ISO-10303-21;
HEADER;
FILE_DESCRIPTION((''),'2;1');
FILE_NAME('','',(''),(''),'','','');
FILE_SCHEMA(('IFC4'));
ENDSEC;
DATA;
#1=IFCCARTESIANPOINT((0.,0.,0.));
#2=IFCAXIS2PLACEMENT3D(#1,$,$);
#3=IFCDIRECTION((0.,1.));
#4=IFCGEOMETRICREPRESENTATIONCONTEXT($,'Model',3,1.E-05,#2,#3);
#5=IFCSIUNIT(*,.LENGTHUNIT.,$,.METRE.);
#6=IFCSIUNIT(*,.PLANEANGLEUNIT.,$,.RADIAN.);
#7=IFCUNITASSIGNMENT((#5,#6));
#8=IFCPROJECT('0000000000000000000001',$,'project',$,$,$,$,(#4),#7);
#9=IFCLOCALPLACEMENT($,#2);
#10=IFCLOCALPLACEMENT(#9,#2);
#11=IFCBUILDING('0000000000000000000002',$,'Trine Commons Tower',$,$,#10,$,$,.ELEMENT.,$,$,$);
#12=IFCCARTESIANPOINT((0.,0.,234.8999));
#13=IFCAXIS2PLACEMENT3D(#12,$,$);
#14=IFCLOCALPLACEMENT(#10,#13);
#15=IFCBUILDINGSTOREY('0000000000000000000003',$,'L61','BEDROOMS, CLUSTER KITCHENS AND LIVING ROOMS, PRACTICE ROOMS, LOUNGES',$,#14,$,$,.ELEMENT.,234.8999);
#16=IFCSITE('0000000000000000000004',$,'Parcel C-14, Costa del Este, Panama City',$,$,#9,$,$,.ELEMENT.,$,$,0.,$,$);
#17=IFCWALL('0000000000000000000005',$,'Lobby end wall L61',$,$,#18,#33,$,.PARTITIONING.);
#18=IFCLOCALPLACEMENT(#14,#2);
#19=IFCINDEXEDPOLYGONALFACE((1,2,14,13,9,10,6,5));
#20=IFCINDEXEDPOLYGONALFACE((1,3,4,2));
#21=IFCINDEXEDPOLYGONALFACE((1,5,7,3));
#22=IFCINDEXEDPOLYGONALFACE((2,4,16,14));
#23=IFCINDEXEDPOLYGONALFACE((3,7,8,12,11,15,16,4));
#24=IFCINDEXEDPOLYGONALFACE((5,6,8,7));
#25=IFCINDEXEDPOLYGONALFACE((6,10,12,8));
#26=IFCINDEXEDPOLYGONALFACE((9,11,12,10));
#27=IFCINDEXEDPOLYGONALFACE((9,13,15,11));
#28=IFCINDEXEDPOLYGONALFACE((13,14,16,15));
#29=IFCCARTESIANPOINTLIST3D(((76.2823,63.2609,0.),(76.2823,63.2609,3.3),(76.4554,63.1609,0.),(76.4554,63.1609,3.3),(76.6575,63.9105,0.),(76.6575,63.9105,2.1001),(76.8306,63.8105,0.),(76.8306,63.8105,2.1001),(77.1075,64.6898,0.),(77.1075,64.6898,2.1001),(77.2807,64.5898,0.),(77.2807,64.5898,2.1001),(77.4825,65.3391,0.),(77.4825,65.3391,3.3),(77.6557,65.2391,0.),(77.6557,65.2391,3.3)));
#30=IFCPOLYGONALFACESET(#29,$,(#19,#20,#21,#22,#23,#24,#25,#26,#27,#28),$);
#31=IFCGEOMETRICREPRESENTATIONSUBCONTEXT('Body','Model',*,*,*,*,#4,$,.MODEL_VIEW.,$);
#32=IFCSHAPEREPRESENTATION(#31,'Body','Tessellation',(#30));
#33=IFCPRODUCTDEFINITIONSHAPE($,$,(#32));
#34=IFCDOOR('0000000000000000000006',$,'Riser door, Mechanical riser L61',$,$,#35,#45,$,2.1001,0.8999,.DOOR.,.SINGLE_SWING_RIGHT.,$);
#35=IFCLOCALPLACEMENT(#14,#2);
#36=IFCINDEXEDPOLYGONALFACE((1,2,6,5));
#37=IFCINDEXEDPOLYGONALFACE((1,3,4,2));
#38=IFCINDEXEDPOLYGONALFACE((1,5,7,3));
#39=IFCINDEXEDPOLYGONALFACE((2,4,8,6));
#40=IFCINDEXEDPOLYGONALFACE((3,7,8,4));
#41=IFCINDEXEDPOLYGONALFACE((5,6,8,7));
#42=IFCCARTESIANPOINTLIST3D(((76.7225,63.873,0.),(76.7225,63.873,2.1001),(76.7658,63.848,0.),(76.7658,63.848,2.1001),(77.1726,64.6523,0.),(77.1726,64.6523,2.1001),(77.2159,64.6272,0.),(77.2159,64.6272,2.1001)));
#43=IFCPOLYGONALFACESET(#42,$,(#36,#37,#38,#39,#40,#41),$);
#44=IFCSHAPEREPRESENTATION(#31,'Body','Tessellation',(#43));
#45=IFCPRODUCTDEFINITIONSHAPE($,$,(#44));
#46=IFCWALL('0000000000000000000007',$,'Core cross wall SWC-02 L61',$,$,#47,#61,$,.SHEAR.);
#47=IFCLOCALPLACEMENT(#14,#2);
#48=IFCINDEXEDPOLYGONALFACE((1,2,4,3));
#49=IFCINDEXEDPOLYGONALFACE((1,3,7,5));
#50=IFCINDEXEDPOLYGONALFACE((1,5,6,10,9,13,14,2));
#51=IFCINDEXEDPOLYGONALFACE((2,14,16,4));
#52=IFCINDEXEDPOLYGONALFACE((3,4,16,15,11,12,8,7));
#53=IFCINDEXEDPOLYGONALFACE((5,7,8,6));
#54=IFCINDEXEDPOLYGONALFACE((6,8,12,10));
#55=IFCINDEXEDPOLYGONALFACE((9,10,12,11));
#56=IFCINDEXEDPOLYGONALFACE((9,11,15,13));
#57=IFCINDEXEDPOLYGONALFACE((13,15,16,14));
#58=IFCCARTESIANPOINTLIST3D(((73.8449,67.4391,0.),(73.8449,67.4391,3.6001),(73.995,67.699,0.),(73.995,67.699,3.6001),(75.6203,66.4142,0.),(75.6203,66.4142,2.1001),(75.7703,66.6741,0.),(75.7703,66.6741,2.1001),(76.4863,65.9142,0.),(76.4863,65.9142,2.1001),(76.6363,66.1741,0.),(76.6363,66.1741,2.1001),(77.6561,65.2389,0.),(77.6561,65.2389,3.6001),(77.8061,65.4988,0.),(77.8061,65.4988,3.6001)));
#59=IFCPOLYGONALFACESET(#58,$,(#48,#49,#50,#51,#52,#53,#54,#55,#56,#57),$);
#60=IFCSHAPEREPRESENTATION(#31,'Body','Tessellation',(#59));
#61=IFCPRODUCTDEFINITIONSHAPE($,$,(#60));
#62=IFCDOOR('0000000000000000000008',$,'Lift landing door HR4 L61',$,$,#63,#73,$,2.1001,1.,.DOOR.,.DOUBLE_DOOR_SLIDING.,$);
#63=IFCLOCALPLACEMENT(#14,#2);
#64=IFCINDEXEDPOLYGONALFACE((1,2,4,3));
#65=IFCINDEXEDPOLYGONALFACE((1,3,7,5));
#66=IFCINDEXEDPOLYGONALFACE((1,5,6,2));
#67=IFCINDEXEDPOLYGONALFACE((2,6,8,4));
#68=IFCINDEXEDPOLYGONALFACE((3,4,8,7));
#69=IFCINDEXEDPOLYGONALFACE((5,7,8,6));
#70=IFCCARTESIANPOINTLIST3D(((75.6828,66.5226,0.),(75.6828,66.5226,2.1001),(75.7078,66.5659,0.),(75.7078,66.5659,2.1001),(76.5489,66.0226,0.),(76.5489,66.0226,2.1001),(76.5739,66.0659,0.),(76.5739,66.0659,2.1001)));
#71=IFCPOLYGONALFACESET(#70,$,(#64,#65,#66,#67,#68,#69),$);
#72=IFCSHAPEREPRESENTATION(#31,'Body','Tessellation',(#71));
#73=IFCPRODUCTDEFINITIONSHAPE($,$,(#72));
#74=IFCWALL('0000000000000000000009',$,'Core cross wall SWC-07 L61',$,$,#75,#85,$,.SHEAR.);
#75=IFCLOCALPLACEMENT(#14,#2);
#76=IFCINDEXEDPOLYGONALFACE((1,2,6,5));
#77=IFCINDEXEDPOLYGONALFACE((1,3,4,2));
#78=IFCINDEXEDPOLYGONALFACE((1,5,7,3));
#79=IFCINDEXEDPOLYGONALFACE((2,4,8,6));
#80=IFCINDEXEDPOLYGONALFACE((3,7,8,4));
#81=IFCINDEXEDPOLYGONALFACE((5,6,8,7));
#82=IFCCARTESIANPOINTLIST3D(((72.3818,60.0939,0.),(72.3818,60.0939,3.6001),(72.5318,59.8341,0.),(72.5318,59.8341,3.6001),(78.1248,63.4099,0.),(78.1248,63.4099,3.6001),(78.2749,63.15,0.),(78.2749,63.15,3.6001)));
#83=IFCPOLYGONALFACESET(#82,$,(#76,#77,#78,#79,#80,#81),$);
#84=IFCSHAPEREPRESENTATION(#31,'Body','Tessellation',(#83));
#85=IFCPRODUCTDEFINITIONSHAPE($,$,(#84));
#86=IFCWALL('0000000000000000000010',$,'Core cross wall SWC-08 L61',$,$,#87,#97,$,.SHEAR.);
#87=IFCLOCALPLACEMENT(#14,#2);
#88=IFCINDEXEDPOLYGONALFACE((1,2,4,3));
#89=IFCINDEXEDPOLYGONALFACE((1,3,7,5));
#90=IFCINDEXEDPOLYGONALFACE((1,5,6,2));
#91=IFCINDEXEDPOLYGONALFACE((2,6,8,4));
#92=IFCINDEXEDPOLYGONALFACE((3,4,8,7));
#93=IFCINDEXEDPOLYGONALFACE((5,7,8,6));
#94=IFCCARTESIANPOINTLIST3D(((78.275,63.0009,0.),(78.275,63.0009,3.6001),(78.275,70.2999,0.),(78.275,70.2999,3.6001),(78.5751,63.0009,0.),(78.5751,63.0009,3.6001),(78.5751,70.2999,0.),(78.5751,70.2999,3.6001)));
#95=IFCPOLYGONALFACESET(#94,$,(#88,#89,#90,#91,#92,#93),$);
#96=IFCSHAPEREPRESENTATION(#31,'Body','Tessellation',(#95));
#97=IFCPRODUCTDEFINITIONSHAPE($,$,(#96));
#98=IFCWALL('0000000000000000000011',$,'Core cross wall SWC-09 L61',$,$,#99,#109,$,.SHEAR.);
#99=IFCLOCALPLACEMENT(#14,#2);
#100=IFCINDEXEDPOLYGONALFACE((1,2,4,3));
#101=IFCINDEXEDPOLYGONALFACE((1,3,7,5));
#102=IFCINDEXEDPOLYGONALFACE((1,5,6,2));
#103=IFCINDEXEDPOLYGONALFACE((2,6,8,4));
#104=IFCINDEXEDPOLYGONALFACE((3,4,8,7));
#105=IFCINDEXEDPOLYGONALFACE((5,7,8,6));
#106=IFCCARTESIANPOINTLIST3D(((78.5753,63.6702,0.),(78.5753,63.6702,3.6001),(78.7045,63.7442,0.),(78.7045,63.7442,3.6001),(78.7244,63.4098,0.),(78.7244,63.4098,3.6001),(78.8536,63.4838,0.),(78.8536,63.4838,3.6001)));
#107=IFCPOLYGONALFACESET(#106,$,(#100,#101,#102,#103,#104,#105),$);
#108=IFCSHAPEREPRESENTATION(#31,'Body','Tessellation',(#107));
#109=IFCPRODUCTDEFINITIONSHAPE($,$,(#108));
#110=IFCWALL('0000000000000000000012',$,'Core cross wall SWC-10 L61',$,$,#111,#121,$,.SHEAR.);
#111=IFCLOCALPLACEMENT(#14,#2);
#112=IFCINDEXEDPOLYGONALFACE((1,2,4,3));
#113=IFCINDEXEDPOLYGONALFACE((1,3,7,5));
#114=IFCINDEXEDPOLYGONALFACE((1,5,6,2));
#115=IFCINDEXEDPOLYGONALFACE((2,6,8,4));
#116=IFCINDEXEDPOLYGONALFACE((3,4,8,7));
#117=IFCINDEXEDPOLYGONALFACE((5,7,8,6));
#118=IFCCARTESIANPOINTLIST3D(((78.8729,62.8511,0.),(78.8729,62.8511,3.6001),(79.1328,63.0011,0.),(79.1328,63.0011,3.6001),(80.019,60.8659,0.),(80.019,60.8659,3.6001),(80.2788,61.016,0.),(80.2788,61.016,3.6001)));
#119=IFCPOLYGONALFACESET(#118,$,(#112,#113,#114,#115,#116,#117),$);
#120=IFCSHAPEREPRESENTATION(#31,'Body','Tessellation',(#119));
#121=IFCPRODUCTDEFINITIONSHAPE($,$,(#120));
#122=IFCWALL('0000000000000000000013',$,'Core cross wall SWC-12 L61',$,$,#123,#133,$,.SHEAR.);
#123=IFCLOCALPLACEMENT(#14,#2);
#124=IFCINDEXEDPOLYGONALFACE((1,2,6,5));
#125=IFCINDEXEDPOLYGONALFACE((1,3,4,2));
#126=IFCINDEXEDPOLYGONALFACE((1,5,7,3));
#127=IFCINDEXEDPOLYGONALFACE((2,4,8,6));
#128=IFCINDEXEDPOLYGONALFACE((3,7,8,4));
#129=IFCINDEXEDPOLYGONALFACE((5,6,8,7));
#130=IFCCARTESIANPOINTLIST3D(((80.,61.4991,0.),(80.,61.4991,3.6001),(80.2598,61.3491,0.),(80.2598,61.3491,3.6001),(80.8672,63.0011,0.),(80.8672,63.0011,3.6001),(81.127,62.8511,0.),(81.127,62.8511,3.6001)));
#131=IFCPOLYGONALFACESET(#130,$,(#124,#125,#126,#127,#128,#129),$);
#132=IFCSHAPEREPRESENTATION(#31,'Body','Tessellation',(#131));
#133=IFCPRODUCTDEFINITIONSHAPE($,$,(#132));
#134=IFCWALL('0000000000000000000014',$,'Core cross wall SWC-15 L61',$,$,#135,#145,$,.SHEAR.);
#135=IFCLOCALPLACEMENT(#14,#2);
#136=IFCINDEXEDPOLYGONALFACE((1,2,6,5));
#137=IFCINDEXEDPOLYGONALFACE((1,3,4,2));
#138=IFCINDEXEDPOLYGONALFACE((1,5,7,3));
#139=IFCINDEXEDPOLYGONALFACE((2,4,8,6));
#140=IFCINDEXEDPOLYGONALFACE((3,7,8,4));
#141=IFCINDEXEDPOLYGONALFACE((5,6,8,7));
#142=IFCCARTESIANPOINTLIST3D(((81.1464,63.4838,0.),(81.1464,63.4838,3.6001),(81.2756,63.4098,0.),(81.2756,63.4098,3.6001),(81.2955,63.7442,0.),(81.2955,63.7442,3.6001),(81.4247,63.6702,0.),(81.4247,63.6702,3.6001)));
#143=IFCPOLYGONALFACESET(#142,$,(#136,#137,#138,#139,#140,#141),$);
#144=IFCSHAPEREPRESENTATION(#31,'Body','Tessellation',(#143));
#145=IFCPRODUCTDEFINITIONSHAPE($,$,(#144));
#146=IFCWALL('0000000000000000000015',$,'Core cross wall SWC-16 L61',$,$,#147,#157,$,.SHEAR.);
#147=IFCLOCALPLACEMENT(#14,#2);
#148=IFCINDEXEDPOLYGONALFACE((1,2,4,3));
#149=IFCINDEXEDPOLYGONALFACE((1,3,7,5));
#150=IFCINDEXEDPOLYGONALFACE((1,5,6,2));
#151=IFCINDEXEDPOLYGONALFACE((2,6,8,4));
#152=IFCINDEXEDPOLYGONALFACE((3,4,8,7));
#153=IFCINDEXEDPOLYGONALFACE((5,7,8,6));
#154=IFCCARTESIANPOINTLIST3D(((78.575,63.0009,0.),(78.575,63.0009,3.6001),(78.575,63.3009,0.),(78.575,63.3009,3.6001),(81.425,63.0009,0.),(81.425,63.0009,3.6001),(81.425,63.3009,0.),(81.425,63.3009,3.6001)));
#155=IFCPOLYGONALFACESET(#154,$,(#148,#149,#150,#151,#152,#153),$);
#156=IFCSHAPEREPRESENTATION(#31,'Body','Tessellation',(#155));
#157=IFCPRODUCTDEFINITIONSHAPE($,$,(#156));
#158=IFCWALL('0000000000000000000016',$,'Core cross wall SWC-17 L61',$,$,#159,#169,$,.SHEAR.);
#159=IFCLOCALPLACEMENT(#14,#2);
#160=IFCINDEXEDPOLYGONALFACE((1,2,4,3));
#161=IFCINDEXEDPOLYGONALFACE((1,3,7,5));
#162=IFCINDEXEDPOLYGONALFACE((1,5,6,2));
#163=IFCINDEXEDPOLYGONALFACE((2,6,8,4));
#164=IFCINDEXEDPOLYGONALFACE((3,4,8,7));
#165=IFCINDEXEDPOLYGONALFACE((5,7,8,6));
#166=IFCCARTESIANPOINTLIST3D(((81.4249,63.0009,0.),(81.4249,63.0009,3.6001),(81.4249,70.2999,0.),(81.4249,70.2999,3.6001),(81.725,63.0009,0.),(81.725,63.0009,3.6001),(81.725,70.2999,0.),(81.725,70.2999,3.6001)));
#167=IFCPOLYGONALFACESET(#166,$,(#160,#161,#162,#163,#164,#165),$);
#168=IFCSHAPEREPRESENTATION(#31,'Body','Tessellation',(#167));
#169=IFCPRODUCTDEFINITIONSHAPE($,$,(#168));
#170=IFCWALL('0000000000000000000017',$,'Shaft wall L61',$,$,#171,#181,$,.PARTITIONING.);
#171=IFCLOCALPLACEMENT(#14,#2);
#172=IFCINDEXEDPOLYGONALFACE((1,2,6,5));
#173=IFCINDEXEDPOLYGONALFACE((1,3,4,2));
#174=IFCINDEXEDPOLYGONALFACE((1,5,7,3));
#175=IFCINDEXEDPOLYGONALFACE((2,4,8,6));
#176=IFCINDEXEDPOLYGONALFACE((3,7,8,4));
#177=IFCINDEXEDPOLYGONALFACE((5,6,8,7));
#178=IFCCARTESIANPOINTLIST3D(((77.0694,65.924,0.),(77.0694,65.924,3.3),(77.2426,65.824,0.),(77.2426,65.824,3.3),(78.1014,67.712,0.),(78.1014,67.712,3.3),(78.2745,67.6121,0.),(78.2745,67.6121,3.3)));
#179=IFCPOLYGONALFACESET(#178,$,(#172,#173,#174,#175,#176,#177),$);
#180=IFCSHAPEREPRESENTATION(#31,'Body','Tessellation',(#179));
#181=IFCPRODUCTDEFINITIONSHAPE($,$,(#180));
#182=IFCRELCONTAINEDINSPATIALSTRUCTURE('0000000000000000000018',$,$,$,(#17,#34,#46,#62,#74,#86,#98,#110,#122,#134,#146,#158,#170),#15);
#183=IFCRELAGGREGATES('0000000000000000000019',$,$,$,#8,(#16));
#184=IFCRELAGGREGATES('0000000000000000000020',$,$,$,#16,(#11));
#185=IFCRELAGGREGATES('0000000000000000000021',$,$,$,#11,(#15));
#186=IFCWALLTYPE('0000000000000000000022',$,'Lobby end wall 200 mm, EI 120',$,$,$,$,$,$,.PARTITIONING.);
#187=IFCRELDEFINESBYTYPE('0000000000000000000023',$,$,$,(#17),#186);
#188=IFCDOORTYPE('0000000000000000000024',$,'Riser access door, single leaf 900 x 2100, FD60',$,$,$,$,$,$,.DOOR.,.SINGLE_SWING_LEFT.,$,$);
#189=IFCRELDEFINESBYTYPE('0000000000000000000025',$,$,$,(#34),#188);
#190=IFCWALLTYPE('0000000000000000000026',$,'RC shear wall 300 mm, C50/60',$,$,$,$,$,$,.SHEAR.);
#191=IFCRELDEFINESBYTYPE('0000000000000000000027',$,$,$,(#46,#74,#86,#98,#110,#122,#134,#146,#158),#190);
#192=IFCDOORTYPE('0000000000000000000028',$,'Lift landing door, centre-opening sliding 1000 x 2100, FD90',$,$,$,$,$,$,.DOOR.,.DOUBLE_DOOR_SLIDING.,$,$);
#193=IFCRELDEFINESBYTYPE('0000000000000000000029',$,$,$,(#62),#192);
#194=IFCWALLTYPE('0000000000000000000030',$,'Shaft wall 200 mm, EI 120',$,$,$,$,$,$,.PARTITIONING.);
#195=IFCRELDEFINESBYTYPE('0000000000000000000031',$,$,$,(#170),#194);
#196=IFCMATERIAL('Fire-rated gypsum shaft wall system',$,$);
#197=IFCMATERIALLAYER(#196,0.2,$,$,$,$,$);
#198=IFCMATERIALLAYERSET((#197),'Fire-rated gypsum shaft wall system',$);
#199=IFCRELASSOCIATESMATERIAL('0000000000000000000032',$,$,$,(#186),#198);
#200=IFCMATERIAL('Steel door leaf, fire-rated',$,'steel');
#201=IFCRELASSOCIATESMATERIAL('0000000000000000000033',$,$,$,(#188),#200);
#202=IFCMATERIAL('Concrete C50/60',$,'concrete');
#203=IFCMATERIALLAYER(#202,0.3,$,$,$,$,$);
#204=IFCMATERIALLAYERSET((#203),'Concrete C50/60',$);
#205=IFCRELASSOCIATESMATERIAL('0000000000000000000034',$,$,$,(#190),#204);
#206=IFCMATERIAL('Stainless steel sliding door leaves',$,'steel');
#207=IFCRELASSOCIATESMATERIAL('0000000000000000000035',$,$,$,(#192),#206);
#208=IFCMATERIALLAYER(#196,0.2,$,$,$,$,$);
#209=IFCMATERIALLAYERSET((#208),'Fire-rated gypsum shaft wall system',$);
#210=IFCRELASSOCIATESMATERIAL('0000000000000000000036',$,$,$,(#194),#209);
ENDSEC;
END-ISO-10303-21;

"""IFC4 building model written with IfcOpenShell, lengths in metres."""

from ifc_helpers import new_model, si_unit, direction, frame, frame_2d, origin, place, context, subcontext, project, spatial, rectangle, extrude, material, layer, layer_set, type_object, element, fill, save


model = new_model("IFC4")

# Units and contexts
model_context = context("Model", 3, precision=1e-05, world=origin(), true_north=direction((0.0, 1.0)))
body_context = subcontext(model_context, "Body", "Model", "MODEL_VIEW")
ifc_project = project(units=[si_unit("LENGTHUNIT", "METRE"), si_unit("PLANEANGLEUNIT", "RADIAN")], contexts=[model_context])

# Site, building, storey
site_placement = place(None, origin())
site = spatial("IfcSite", under=ifc_project, at=site_placement, Name="Parcel C-14, Costa del Este, Panama City", CompositionType="ELEMENT", RefElevation=0.0)
building_placement = place(site_placement, origin())
building = spatial("IfcBuilding", under=site, at=building_placement, Name="Trine Commons Tower", CompositionType="ELEMENT")
storey_placement = place(building_placement, frame((0.0, 0.0, 234.8999)))
storey = spatial("IfcBuildingStorey", under=building, at=storey_placement, Name="L61", Description="BEDROOMS, CLUSTER KITCHENS AND LIVING ROOMS, PRACTICE ROOMS, LOUNGES", CompositionType="ELEMENT", Elevation=234.8999)

# Walls, openings, doors
ifc_material_1 = material(Name="Fire-rated gypsum shaft wall system")
ifc_layer_1 = layer(ifc_material_1, 0.2)
ifc_layer_set_1 = layer_set([ifc_layer_1], Name="Fire-rated gypsum shaft wall system")
wall_type_1 = type_object("IfcWallType", Name="Lobby end wall 200 mm, EI 120", PredefinedType="PARTITIONING", material=ifc_layer_set_1)
wall_1_placement = place(storey_placement, frame((77.5691, 65.2891, 0.0), z_axis=(0.0, 0.0, 1.0), x_axis=(-0.500122, -0.865955, 0.0)))
wall_1 = element("IfcWall", 1, at=wall_1_placement, inside=storey, type_object=wall_type_1, Name="Lobby end wall L61", PredefinedType="PARTITIONING", context=body_context, shape_type="SweptSolid", body=[
    extrude(rectangle(XDim=2.3999, YDim=0.2, at=frame_2d((1.2, 0.0))), origin(), (0.0, 0.0, 1.0), 3.3),
])
opening_1_placement = place(wall_1_placement, frame((0.7498, 0.0, 0.0)))
opening_1 = element("IfcOpeningElement", 2, at=opening_1_placement, cuts=wall_1, PredefinedType="OPENING", context=body_context, shape_type="SweptSolid", body=[
    extrude(rectangle(XDim=0.8999, YDim=2.1001, at=frame_2d((0.45, 1.05))), frame((0.0, 0.1099, 0.0), z_axis=(0.0, -1.0, 0.0), x_axis=(1.0, 0.0, 0.0)), (0.0, 0.0, 1.0), 0.22),
])
ifc_material_2 = material(Name="Steel door leaf, fire-rated", Category="steel")
door_type_1 = type_object("IfcDoorType", Name="Riser access door, single leaf 900 x 2100, FD60", OperationType="SINGLE_SWING_LEFT", PredefinedType="DOOR", material=ifc_material_2)
door_1_placement = place(opening_1_placement, frame((0.8999, 0.0, 0.0), z_axis=(0.0, 0.0, 1.0), x_axis=(-1.0, 0.0, 0.0)))
door_1 = element("IfcDoor", 3, at=door_1_placement, inside=storey, type_object=door_type_1, Name="Riser door, Mechanical riser L61", OperationType="SINGLE_SWING_RIGHT", OverallHeight=2.1001, OverallWidth=0.8999, PredefinedType="DOOR", context=body_context, shape_type="SweptSolid", body=[
    extrude(rectangle(XDim=0.8999, YDim=2.1001, at=frame_2d((0.45, 1.05))), frame((0.0, 0.0249, 0.0), z_axis=(0.0, -1.0, 0.0), x_axis=(1.0, 0.0, 0.0)), (0.0, 0.0, 1.0), 0.05),
])
fill(opening_1, door_1)
ifc_material_3 = material(Name="Concrete C50/60", Category="concrete")
ifc_layer_2 = layer(ifc_material_3, 0.3)
ifc_layer_set_2 = layer_set([ifc_layer_2], Name="Concrete C50/60")
wall_type_2 = type_object("IfcWallType", Name="RC shear wall 300 mm, C50/60", PredefinedType="SHEAR", material=ifc_layer_set_2)
wall_2_placement = place(storey_placement, frame((77.731, 65.3689, 0.0), z_axis=(0.0, 0.0, 1.0), x_axis=(-0.866036, 0.499982, 0.0)))
wall_2 = element("IfcWall", 4, at=wall_2_placement, inside=storey, type_object=wall_type_2, Name="Core cross wall SWC-02 L61", PredefinedType="SHEAR", context=body_context, shape_type="SweptSolid", body=[
    extrude(rectangle(XDim=4.4006, YDim=0.3, at=frame_2d((2.2002, 0.0))), origin(), (0.0, 0.0, 1.0), 3.6001),
])
opening_2_placement = place(wall_2_placement, frame((1.3506, 0.0, 0.0)))
opening_2 = element("IfcOpeningElement", 5, at=opening_2_placement, cuts=wall_2, PredefinedType="OPENING", context=body_context, shape_type="SweptSolid", body=[
    extrude(rectangle(XDim=1.0, YDim=2.1001, at=frame_2d((0.5, 1.05))), frame((0.0, 0.1599, 0.0), z_axis=(0.0, -1.0, 0.0), x_axis=(1.0, 0.0, 0.0)), (0.0, 0.0, 1.0), 0.3201),
])
ifc_material_4 = material(Name="Stainless steel sliding door leaves", Category="steel")
door_type_2 = type_object("IfcDoorType", Name="Lift landing door, centre-opening sliding 1000 x 2100, FD90", OperationType="DOUBLE_DOOR_SLIDING", PredefinedType="DOOR", material=ifc_material_4)
door_2_placement = place(opening_2_placement, origin())
door_2 = element("IfcDoor", 6, at=door_2_placement, inside=storey, type_object=door_type_2, Name="Lift landing door HR4 L61", OperationType="DOUBLE_DOOR_SLIDING", OverallHeight=2.1001, OverallWidth=1.0, PredefinedType="DOOR", context=body_context, shape_type="SweptSolid", body=[
    extrude(rectangle(XDim=1.0, YDim=2.1001, at=frame_2d((0.5, 1.05))), frame((0.0, 0.0249, 0.0), z_axis=(0.0, -1.0, 0.0), x_axis=(1.0, 0.0, 0.0)), (0.0, 0.0, 1.0), 0.05),
])
fill(opening_2, door_2)

# Walls
wall_3_placement = place(storey_placement, frame((78.2, 63.28, 0.0), z_axis=(0.0, 0.0, 1.0), x_axis=(-0.86601, -0.500027, 0.0)))
element("IfcWall", 7, at=wall_3_placement, inside=storey, type_object=wall_type_2, Name="Core cross wall SWC-07 L61", PredefinedType="SHEAR", context=body_context, shape_type="SweptSolid", body=[
    extrude(rectangle(XDim=6.6316, YDim=0.3, at=frame_2d((3.3159, 0.0))), origin(), (0.0, 0.0, 1.0), 3.6001),
])
wall_4_placement = place(storey_placement, frame((78.425, 63.001, 0.0), z_axis=(0.0, 0.0, 1.0), x_axis=(0.0, 1.0, 0.0)))
element("IfcWall", 8, at=wall_4_placement, inside=storey, type_object=wall_type_2, Name="Core cross wall SWC-08 L61", PredefinedType="SHEAR", context=body_context, shape_type="SweptSolid", body=[
    extrude(rectangle(XDim=7.2991, YDim=0.3, at=frame_2d((3.6494, 0.0))), origin(), (0.0, 0.0, 1.0), 3.6001),
])
wall_5_placement = place(storey_placement, frame((78.7791, 63.614, 0.0), z_axis=(0.0, 0.0, 1.0), x_axis=(-0.867738, -0.497022, 0.0)))
element("IfcWall", 9, at=wall_5_placement, inside=storey, type_object=wall_type_2, Name="Core cross wall SWC-09 L61", PredefinedType="SHEAR", context=body_context, shape_type="SweptSolid", body=[
    extrude(rectangle(XDim=0.1489, YDim=0.3, at=frame_2d((0.0745, 0.0))), origin(), (0.0, 0.0, 1.0), 3.6001),
])
wall_6_placement = place(storey_placement, frame((79.0029, 62.926, 0.0), z_axis=(0.0, 0.0, 1.0), x_axis=(0.499965, -0.866045, 0.0)))
element("IfcWall", 10, at=wall_6_placement, inside=storey, type_object=wall_type_2, Name="Core cross wall SWC-10 L61", PredefinedType="SHEAR", context=body_context, shape_type="SweptSolid", body=[
    extrude(rectangle(XDim=2.2922, YDim=0.3, at=frame_2d((1.146, 0.0))), origin(), (0.0, 0.0, 1.0), 3.6001),
])
wall_7_placement = place(storey_placement, frame((80.1299, 61.4241, 0.0), z_axis=(0.0, 0.0, 1.0), x_axis=(0.500015, 0.866017, 0.0)))
element("IfcWall", 11, at=wall_7_placement, inside=storey, type_object=wall_type_2, Name="Core cross wall SWC-12 L61", PredefinedType="SHEAR", context=body_context, shape_type="SweptSolid", body=[
    extrude(rectangle(XDim=1.7344, YDim=0.3, at=frame_2d((0.8672, 0.0))), origin(), (0.0, 0.0, 1.0), 3.6001),
])
wall_8_placement = place(storey_placement, frame((81.2209, 63.614, 0.0), z_axis=(0.0, 0.0, 1.0), x_axis=(0.867738, -0.497022, 0.0)))
element("IfcWall", 12, at=wall_8_placement, inside=storey, type_object=wall_type_2, Name="Core cross wall SWC-15 L61", PredefinedType="SHEAR", context=body_context, shape_type="SweptSolid", body=[
    extrude(rectangle(XDim=0.1489, YDim=0.3, at=frame_2d((0.0745, 0.0))), origin(), (0.0, 0.0, 1.0), 3.6001),
])
wall_9_placement = place(storey_placement, frame((81.425, 63.1509, 0.0), z_axis=(0.0, 0.0, 1.0), x_axis=(-1.0, 0.0, 0.0)))
element("IfcWall", 13, at=wall_9_placement, inside=storey, type_object=wall_type_2, Name="Core cross wall SWC-16 L61", PredefinedType="SHEAR", context=body_context, shape_type="SweptSolid", body=[
    extrude(rectangle(XDim=2.8501, YDim=0.3, at=frame_2d((1.425, 0.0))), origin(), (0.0, 0.0, 1.0), 3.6001),
])
wall_10_placement = place(storey_placement, frame((81.575, 63.001, 0.0), z_axis=(0.0, 0.0, 1.0), x_axis=(0.0, 1.0, 0.0)))
element("IfcWall", 14, at=wall_10_placement, inside=storey, type_object=wall_type_2, Name="Core cross wall SWC-17 L61", PredefinedType="SHEAR", context=body_context, shape_type="SweptSolid", body=[
    extrude(rectangle(XDim=7.2991, YDim=0.3, at=frame_2d((3.6494, 0.0))), origin(), (0.0, 0.0, 1.0), 3.6001),
])
ifc_layer_3 = layer(ifc_material_1, 0.2)
ifc_layer_set_3 = layer_set([ifc_layer_3], Name="Fire-rated gypsum shaft wall system")
wall_type_3 = type_object("IfcWallType", Name="Shaft wall 200 mm, EI 120", PredefinedType="PARTITIONING", material=ifc_layer_set_3)
wall_11_placement = place(storey_placement, frame((77.156, 65.874, 0.0), z_axis=(0.0, 0.0, 1.0), x_axis=(0.499866, 0.866103, 0.0)))
element("IfcWall", 15, at=wall_11_placement, inside=storey, type_object=wall_type_3, Name="Shaft wall L61", PredefinedType="PARTITIONING", context=body_context, shape_type="SweptSolid", body=[
    extrude(rectangle(XDim=2.0645, YDim=0.2, at=frame_2d((1.0322, 0.0))), origin(), (0.0, 0.0, 1.0), 3.3),
])

save(model, "model.ifc")
